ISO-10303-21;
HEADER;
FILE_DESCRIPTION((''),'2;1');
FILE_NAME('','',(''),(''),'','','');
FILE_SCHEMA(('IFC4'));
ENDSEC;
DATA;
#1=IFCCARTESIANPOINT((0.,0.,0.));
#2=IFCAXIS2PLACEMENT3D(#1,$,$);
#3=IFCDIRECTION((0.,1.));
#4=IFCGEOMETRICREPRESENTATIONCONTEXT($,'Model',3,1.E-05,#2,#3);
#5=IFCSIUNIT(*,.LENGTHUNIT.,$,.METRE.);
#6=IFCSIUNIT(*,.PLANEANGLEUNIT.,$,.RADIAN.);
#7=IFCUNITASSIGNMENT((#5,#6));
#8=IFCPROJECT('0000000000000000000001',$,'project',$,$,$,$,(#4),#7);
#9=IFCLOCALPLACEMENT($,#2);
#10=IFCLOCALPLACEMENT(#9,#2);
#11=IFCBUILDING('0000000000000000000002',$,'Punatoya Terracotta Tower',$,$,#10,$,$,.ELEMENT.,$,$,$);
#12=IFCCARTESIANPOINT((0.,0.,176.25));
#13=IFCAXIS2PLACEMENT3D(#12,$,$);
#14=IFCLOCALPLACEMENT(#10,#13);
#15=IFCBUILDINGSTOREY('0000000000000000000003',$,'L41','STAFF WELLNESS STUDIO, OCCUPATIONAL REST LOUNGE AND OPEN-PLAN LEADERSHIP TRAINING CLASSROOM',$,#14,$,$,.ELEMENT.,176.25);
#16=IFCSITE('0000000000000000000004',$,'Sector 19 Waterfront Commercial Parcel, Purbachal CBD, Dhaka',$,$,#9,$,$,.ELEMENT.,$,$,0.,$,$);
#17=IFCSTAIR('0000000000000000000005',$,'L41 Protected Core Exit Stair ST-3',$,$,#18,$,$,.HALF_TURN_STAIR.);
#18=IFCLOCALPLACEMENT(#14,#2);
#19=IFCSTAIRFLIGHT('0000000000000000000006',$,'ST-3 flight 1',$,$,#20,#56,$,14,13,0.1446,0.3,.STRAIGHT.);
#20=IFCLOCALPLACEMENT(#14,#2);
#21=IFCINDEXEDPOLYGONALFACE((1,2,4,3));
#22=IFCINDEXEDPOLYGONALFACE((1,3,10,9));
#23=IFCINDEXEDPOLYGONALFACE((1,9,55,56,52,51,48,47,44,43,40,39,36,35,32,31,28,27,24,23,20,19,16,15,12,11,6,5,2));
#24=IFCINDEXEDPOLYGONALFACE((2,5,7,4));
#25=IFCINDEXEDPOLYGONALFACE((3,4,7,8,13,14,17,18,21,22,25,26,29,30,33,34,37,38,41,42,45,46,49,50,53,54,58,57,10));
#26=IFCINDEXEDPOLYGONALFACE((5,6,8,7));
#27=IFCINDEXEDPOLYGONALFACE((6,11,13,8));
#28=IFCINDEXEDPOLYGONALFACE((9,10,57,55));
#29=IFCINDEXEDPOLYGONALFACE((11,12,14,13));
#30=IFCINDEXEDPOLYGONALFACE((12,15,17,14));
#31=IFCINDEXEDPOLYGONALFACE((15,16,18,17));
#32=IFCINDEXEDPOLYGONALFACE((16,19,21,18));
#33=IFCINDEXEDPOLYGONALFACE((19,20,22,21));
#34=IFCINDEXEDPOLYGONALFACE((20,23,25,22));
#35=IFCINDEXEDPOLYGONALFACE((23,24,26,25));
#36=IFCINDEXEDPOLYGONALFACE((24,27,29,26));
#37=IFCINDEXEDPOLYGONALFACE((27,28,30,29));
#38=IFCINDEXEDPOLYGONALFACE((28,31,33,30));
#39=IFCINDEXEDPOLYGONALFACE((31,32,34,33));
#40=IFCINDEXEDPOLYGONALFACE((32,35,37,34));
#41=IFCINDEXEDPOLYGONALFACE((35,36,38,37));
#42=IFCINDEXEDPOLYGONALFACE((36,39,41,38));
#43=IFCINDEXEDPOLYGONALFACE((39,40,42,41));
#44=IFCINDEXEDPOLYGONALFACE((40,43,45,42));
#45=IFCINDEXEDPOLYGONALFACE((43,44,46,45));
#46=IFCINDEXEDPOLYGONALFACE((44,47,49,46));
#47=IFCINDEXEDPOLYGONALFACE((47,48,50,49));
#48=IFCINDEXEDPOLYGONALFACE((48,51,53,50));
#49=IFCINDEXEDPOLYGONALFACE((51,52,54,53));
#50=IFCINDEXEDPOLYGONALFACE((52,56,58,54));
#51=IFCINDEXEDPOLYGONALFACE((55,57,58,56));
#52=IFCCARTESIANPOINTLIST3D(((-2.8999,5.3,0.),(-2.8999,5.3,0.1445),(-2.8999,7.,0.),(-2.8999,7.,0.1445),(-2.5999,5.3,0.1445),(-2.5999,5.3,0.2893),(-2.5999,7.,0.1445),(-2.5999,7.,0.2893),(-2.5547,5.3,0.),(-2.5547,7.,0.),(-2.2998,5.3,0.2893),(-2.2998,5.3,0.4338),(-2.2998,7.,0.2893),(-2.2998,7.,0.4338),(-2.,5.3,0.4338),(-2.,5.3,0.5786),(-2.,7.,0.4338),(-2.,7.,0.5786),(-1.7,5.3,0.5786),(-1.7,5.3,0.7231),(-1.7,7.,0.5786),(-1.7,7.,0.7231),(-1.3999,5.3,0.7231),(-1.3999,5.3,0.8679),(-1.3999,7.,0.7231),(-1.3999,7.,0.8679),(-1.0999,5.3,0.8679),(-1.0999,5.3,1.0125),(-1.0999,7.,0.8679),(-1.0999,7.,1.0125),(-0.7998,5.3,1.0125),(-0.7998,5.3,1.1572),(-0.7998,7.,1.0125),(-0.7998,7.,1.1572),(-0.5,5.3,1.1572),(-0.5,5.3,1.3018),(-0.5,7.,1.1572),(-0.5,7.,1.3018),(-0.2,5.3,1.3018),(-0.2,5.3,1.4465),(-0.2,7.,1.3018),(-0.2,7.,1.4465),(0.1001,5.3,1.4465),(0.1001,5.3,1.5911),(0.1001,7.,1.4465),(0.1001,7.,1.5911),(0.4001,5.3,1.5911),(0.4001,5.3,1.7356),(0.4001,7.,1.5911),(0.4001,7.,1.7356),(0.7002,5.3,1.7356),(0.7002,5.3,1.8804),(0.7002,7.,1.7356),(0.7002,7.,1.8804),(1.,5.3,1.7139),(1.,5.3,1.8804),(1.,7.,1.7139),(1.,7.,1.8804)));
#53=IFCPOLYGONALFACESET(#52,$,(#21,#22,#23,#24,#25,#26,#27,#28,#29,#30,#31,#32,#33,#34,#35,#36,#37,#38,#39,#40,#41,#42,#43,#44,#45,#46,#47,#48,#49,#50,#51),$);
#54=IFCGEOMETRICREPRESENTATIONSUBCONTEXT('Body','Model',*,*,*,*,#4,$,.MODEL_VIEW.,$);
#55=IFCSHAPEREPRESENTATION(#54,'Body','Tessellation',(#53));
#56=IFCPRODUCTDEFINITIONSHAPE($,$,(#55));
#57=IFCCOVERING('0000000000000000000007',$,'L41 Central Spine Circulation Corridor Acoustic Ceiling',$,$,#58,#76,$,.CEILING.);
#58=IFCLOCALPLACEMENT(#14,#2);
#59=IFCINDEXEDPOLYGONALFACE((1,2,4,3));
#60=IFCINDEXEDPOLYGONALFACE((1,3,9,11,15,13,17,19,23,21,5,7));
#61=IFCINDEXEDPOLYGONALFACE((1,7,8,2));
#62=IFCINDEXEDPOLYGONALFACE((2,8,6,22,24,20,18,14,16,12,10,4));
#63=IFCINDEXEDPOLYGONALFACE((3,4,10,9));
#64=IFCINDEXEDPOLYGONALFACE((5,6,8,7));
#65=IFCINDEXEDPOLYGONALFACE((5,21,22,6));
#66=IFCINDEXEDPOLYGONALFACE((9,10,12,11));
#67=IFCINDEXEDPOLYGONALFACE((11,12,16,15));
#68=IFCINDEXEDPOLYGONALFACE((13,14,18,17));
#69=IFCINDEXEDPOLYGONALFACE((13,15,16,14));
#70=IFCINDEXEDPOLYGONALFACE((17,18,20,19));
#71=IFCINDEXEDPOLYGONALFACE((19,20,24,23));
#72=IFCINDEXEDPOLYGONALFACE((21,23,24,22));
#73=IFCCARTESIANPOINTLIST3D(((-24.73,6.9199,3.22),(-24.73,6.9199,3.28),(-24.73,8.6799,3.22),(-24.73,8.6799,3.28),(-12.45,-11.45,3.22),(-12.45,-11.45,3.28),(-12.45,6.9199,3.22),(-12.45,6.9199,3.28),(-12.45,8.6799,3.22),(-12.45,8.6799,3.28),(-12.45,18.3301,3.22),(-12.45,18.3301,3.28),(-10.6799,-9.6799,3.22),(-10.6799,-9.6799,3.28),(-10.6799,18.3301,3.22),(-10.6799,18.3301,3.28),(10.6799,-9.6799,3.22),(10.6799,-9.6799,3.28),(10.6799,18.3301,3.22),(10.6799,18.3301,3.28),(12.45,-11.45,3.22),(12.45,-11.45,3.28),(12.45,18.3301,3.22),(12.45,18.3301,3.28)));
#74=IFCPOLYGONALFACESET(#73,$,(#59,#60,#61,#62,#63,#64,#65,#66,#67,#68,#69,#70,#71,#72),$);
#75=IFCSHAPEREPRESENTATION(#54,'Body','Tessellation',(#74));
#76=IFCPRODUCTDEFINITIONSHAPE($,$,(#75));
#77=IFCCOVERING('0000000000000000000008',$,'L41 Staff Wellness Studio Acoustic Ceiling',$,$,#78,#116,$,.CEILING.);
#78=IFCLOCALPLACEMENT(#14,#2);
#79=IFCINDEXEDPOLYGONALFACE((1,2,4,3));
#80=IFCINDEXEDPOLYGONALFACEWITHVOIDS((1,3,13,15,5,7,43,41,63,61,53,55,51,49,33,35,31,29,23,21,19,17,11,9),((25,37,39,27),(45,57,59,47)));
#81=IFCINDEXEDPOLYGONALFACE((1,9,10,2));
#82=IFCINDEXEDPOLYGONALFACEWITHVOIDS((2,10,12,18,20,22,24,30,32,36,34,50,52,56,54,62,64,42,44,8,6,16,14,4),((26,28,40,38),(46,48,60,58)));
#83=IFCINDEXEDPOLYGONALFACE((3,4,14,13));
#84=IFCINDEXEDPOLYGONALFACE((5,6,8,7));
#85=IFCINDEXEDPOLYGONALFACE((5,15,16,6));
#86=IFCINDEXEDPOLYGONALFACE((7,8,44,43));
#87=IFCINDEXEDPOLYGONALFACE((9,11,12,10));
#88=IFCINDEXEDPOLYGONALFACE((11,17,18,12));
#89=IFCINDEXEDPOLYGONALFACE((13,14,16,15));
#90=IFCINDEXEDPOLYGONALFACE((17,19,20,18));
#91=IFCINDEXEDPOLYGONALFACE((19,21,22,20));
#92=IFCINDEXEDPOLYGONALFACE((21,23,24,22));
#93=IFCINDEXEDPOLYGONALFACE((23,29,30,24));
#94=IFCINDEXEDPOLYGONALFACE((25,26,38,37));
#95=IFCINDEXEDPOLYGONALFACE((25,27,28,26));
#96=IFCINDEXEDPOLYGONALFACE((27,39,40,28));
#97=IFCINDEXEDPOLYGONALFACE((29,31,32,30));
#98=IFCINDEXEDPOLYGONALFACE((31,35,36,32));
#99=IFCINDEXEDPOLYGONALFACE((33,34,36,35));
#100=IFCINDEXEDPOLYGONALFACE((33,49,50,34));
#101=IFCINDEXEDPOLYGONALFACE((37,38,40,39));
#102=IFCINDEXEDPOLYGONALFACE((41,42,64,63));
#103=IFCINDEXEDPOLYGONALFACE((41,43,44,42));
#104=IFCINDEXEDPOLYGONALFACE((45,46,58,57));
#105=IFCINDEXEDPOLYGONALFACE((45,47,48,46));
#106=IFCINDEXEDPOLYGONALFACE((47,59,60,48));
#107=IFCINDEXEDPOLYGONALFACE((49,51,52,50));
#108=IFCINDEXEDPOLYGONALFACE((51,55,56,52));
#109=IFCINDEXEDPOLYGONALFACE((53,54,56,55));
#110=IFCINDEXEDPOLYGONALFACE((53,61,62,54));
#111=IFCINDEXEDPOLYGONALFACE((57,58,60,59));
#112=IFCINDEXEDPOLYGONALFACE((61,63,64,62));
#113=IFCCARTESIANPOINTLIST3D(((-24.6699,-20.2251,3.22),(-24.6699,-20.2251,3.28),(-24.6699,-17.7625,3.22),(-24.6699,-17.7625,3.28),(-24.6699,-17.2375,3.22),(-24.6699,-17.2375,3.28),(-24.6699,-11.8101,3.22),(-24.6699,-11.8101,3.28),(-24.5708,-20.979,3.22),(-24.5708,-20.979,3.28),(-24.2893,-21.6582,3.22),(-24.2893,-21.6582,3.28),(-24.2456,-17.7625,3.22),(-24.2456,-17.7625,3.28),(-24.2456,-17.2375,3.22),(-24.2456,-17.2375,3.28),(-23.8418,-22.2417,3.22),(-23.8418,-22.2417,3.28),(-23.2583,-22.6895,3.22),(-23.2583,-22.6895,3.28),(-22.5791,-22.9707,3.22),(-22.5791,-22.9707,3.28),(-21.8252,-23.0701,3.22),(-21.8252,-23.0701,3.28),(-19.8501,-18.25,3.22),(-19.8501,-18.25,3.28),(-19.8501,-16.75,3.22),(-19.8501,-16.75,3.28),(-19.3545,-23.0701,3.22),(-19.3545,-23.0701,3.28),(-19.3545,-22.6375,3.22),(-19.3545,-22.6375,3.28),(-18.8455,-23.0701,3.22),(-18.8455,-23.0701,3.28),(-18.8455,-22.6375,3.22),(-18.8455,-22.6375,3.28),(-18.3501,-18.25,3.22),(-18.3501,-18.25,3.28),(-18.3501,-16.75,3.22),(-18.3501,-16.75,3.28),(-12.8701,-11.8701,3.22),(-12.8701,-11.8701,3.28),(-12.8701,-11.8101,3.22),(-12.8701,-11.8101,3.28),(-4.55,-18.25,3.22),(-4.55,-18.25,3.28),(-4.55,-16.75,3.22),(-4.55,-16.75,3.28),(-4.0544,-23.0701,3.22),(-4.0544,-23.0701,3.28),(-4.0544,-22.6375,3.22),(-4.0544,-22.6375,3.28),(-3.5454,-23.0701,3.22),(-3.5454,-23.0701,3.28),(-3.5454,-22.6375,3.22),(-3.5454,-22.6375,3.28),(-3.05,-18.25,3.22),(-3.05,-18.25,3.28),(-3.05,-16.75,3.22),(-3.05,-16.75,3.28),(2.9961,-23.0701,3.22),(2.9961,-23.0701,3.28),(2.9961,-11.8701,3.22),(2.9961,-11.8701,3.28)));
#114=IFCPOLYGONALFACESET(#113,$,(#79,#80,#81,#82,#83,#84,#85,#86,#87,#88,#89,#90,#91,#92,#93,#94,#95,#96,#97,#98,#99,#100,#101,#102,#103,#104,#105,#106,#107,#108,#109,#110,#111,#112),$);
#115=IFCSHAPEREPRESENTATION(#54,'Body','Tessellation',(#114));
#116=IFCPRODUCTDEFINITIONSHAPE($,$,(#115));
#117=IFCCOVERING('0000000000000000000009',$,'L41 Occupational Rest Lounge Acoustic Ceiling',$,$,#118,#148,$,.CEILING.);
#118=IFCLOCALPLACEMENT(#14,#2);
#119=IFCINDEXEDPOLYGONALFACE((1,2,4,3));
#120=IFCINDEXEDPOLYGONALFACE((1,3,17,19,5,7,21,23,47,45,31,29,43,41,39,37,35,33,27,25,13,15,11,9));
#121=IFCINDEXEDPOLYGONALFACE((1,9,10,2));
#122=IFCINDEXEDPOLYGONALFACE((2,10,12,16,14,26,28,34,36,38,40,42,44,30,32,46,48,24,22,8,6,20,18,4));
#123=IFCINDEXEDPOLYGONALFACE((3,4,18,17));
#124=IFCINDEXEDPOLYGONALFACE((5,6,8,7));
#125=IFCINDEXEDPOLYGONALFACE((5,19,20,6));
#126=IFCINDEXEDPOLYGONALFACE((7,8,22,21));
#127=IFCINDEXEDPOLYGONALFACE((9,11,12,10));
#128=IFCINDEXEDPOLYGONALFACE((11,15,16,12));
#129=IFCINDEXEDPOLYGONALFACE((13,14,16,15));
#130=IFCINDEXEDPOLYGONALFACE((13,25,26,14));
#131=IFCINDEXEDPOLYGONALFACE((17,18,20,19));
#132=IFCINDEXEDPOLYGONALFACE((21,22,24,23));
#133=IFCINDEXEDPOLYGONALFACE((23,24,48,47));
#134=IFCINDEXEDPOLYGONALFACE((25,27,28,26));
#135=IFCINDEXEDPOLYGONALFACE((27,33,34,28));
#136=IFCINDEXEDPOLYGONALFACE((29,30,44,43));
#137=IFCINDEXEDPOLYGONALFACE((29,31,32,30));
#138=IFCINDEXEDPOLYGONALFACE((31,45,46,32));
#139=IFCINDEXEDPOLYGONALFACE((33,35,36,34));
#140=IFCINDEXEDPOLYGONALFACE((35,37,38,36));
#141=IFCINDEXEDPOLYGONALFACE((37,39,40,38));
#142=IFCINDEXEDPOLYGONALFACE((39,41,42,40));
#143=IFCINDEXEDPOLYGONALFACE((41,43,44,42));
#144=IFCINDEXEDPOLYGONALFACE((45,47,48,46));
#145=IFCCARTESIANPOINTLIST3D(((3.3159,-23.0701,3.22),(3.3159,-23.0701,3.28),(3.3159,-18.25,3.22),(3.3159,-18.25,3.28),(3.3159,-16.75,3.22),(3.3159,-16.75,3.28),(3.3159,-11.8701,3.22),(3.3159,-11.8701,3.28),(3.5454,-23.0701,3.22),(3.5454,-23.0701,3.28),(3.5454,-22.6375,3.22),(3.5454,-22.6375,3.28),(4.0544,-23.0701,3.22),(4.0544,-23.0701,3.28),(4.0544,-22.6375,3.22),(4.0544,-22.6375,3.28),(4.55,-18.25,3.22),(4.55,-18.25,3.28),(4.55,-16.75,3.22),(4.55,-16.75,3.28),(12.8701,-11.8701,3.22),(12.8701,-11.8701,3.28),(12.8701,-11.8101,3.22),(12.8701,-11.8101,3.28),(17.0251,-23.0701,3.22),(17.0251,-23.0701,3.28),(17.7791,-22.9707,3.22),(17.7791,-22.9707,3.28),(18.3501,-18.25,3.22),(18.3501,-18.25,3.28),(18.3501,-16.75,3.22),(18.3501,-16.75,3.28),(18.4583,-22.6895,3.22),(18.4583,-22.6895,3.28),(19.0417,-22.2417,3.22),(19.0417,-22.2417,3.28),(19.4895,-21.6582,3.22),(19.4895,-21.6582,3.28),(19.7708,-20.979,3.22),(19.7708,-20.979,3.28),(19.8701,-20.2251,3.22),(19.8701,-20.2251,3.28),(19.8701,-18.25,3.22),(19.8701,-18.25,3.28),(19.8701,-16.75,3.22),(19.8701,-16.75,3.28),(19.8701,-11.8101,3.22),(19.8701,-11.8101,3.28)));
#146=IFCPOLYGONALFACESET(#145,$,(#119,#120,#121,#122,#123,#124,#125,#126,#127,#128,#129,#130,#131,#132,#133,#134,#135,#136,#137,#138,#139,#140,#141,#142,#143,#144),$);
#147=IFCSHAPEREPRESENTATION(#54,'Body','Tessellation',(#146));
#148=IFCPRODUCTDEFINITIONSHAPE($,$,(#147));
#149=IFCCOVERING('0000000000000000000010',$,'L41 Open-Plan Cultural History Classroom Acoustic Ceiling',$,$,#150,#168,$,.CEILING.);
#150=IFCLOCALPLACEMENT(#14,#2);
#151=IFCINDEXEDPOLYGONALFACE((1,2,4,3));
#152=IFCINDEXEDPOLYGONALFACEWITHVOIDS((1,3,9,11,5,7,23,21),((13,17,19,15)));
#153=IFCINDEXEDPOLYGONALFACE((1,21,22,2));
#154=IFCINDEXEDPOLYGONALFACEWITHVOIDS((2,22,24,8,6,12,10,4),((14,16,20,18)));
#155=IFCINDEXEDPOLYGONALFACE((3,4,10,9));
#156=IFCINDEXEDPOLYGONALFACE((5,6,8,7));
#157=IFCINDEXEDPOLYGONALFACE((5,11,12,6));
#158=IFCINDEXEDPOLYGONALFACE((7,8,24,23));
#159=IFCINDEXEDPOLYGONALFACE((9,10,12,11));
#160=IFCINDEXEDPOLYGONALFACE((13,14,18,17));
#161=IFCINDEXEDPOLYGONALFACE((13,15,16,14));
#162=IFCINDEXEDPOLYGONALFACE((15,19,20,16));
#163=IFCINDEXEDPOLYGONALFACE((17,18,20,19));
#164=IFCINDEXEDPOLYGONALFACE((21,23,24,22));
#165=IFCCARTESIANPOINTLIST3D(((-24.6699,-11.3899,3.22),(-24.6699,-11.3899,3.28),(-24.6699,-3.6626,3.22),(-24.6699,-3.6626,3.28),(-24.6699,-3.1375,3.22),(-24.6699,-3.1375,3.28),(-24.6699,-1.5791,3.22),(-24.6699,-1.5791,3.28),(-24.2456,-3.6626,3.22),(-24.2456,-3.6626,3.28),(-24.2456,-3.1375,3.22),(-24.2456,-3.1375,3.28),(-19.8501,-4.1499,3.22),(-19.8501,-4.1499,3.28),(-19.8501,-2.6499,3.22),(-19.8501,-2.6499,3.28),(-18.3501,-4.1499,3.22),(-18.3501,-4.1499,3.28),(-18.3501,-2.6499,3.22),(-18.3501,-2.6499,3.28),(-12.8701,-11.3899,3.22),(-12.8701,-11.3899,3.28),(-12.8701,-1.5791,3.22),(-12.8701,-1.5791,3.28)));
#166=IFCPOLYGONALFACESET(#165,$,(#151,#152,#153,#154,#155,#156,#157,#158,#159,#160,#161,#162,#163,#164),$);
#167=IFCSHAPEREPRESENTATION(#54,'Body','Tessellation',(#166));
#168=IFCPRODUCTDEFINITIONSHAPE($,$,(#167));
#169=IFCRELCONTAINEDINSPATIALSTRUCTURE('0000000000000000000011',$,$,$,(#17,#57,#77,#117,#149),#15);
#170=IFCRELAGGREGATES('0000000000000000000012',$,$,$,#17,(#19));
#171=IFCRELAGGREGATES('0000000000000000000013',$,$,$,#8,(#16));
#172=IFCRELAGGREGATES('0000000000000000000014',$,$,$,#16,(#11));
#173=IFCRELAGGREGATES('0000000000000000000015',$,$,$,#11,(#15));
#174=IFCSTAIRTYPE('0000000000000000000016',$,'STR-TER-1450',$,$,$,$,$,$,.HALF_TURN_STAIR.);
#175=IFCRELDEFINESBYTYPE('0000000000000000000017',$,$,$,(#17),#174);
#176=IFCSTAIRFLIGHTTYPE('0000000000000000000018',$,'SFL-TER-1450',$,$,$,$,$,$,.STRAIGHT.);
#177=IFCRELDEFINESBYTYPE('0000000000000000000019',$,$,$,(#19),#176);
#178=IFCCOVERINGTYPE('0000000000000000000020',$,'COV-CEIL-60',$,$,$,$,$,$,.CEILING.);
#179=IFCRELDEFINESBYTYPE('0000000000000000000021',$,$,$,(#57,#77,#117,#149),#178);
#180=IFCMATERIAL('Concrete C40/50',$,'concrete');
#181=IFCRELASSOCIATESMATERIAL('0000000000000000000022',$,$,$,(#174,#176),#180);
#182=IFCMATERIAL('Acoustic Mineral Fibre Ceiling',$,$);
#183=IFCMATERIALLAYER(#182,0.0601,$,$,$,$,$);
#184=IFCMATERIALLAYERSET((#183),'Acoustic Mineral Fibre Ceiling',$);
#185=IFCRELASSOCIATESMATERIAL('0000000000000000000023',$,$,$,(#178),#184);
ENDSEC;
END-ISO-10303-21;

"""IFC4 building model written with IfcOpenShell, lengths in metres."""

from ifc_helpers import new_model, si_unit, direction, frame, origin, place, context, subcontext, project, spatial, polyline, outline, extrude, material, layer, layer_set, type_object, element, aggregate, save


model = new_model("IFC4")

# Units and contexts
model_context = context("Model", 3, precision=1e-05, world=origin(), true_north=direction((0.0, 1.0)))
body_context = subcontext(model_context, "Body", "Model", "MODEL_VIEW")
ifc_project = project(units=[si_unit("LENGTHUNIT", "METRE"), si_unit("PLANEANGLEUNIT", "RADIAN")], contexts=[model_context])

# Site, building, storey
site_placement = place(None, origin())
site = spatial("IfcSite", under=ifc_project, at=site_placement, Name="Sector 19 Waterfront Commercial Parcel, Purbachal CBD, Dhaka", CompositionType="ELEMENT", RefElevation=0.0)
building_placement = place(site_placement, origin())
building = spatial("IfcBuilding", under=site, at=building_placement, Name="Punatoya Terracotta Tower", CompositionType="ELEMENT")
storey_placement = place(building_placement, frame((0.0, 0.0, 176.25)))
storey = spatial("IfcBuildingStorey", under=building, at=storey_placement, Name="L41", Description="STAFF WELLNESS STUDIO, OCCUPATIONAL REST LOUNGE AND OPEN-PLAN LEADERSHIP TRAINING CLASSROOM", CompositionType="ELEMENT", Elevation=176.25)

# Stair
ifc_material_1 = material(Name="Concrete C40/50", Category="concrete")
stair_type_1 = type_object("IfcStairType", Name="STR-TER-1450", PredefinedType="HALF_TURN_STAIR", material=ifc_material_1)
stair_1_placement = place(storey_placement, origin())
stair_1 = element("IfcStair", 1, at=stair_1_placement, inside=storey, type_object=stair_type_1, Name="L41 Protected Core Exit Stair ST-3", PredefinedType="HALF_TURN_STAIR")

# Stair flight
stair_flight_type_1 = type_object("IfcStairFlightType", Name="SFL-TER-1450", PredefinedType="STRAIGHT", material=ifc_material_1)
stair_flight_1_placement = place(storey_placement, frame((-2.8999, 6.1499, 0.0), z_axis=(0.0, 0.0, 1.0), x_axis=(1.0, 0.0, 0.0)))
stair_flight_1 = element("IfcStairFlight", 2, at=stair_flight_1_placement, type_object=stair_flight_type_1, Name="ST-3 flight 1", NumberOfRisers=14, NumberOfTreads=13, PredefinedType="STRAIGHT", RiserHeight=0.1446, TreadLength=0.3, context=body_context, shape_type="SweptSolid", body=[
    extrude(outline(polyline([(0.0, 0.0), (0.0, 0.1445), (0.3, 0.1445), (0.3, 0.2893), (0.6001, 0.2893), (0.6001, 0.4338), (0.8999, 0.4338), (0.8999, 0.5786), (1.2, 0.5786), (1.2, 0.7231), (1.5, 0.7231), (1.5, 0.8679), (1.8, 0.8679), (1.8, 1.0125), (2.1001, 1.0125), (2.1001, 1.1572), (2.3999, 1.1572), (2.3999, 1.3018), (2.7, 1.3018), (2.7, 1.4465), (3.0, 1.4465), (3.0, 1.5911), (3.3, 1.5911), (3.3, 1.7356), (3.6001, 1.7356), (3.6001, 1.8804), (3.8999, 1.8804), (3.8999, 2.0249), (3.8999, 1.7139), (0.3452, 0.0), (0.0, 0.0)])), frame((0.0, 0.8501, 0.0), z_axis=(0.0, -1.0, 0.0), x_axis=(1.0, 0.0, 0.0)), (0.0, 0.0, 1.0), 1.7),
])
aggregate(stair_1, [stair_flight_1])

# Coverings
ifc_material_2 = material(Name="Acoustic Mineral Fibre Ceiling")
ifc_layer_1 = layer(ifc_material_2, 0.0601)
ifc_layer_set_1 = layer_set([ifc_layer_1], Name="Acoustic Mineral Fibre Ceiling")
covering_type = type_object("IfcCoveringType", Name="COV-CEIL-60", PredefinedType="CEILING", material=ifc_layer_set_1)
covering_1_placement = place(storey_placement, frame((0.0, 0.0, 3.22)))
element("IfcCovering", 3, at=covering_1_placement, inside=storey, type_object=covering_type, Name="L41 Central Spine Circulation Corridor Acoustic Ceiling", PredefinedType="CEILING", context=body_context, shape_type="SweptSolid", body=[
    extrude(outline(polyline([(10.6799, -9.6799), (-10.6799, -9.6799), (-10.6799, 18.3301), (-12.45, 18.3301), (-12.45, 8.6799), (-24.73, 8.6799), (-24.73, 6.9199), (-12.45, 6.9199), (-12.45, -11.45), (12.45, -11.45), (12.45, 18.3301), (10.6799, 18.3301), (10.6799, -9.6799)])), origin(), (0.0, 0.0, 1.0), 0.0601),
])
covering_2_placement = place(storey_placement, frame((0.0, 0.0, 3.22)))
element("IfcCovering", 4, at=covering_2_placement, inside=storey, type_object=covering_type, Name="L41 Staff Wellness Studio Acoustic Ceiling", PredefinedType="CEILING", context=body_context, shape_type="SweptSolid", body=[
    extrude(outline(polyline([(-12.8701, -11.8701), (-12.8701, -11.8101), (-24.6699, -11.8101), (-24.6699, -17.2375), (-24.2456, -17.2375), (-24.2456, -17.7625), (-24.6699, -17.7625), (-24.6699, -20.2251), (-24.5708, -20.979), (-24.2893, -21.6582), (-23.8418, -22.2417), (-23.2583, -22.6895), (-22.5791, -22.9707), (-21.8252, -23.0701), (-19.3545, -23.0701), (-19.3545, -22.6375), (-18.8455, -22.6375), (-18.8455, -23.0701), (-4.0544, -23.0701), (-4.0544, -22.6375), (-3.5454, -22.6375), (-3.5454, -23.0701), (2.9961, -23.0701), (2.9961, -11.8701), (-12.8701, -11.8701)]), holes=[polyline([(-4.55, -16.75), (-3.05, -16.75), (-3.05, -18.25), (-4.55, -18.25), (-4.55, -16.75)]), polyline([(-19.8501, -18.25), (-19.8501, -16.75), (-18.3501, -16.75), (-18.3501, -18.25), (-19.8501, -18.25)])]), origin(), (0.0, 0.0, 1.0), 0.0601),
])
covering_3_placement = place(storey_placement, frame((0.0, 0.0, 3.22)))
element("IfcCovering", 5, at=covering_3_placement, inside=storey, type_object=covering_type, Name="L41 Occupational Rest Lounge Acoustic Ceiling", PredefinedType="CEILING", context=body_context, shape_type="SweptSolid", body=[
    extrude(outline(polyline([(12.8701, -11.8701), (3.3159, -11.8701), (3.3159, -16.75), (4.55, -16.75), (4.55, -18.25), (3.3159, -18.25), (3.3159, -23.0701), (3.5454, -23.0701), (3.5454, -22.6375), (4.0544, -22.6375), (4.0544, -23.0701), (17.0251, -23.0701), (17.7791, -22.9707), (18.4583, -22.6895), (19.0417, -22.2417), (19.4895, -21.6582), (19.7708, -20.979), (19.8701, -20.2251), (19.8701, -18.25), (18.3501, -18.25), (18.3501, -16.75), (19.8701, -16.75), (19.8701, -11.8101), (12.8701, -11.8101), (12.8701, -11.8701)])), origin(), (0.0, 0.0, 1.0), 0.0601),
])
covering_4_placement = place(storey_placement, frame((0.0, 0.0, 3.22)))
element("IfcCovering", 6, at=covering_4_placement, inside=storey, type_object=covering_type, Name="L41 Open-Plan Cultural History Classroom Acoustic Ceiling", PredefinedType="CEILING", context=body_context, shape_type="SweptSolid", body=[
    extrude(outline(polyline([(-24.6699, -3.6626), (-24.6699, -11.3899), (-12.8701, -11.3899), (-12.8701, -1.5791), (-24.6699, -1.5791), (-24.6699, -3.1375), (-24.2456, -3.1375), (-24.2456, -3.6626), (-24.6699, -3.6626)]), holes=[polyline([(-18.3501, -4.1499), (-19.8501, -4.1499), (-19.8501, -2.6499), (-18.3501, -2.6499), (-18.3501, -4.1499)])]), origin(), (0.0, 0.0, 1.0), 0.0601),
])

save(model, "model.ifc")
